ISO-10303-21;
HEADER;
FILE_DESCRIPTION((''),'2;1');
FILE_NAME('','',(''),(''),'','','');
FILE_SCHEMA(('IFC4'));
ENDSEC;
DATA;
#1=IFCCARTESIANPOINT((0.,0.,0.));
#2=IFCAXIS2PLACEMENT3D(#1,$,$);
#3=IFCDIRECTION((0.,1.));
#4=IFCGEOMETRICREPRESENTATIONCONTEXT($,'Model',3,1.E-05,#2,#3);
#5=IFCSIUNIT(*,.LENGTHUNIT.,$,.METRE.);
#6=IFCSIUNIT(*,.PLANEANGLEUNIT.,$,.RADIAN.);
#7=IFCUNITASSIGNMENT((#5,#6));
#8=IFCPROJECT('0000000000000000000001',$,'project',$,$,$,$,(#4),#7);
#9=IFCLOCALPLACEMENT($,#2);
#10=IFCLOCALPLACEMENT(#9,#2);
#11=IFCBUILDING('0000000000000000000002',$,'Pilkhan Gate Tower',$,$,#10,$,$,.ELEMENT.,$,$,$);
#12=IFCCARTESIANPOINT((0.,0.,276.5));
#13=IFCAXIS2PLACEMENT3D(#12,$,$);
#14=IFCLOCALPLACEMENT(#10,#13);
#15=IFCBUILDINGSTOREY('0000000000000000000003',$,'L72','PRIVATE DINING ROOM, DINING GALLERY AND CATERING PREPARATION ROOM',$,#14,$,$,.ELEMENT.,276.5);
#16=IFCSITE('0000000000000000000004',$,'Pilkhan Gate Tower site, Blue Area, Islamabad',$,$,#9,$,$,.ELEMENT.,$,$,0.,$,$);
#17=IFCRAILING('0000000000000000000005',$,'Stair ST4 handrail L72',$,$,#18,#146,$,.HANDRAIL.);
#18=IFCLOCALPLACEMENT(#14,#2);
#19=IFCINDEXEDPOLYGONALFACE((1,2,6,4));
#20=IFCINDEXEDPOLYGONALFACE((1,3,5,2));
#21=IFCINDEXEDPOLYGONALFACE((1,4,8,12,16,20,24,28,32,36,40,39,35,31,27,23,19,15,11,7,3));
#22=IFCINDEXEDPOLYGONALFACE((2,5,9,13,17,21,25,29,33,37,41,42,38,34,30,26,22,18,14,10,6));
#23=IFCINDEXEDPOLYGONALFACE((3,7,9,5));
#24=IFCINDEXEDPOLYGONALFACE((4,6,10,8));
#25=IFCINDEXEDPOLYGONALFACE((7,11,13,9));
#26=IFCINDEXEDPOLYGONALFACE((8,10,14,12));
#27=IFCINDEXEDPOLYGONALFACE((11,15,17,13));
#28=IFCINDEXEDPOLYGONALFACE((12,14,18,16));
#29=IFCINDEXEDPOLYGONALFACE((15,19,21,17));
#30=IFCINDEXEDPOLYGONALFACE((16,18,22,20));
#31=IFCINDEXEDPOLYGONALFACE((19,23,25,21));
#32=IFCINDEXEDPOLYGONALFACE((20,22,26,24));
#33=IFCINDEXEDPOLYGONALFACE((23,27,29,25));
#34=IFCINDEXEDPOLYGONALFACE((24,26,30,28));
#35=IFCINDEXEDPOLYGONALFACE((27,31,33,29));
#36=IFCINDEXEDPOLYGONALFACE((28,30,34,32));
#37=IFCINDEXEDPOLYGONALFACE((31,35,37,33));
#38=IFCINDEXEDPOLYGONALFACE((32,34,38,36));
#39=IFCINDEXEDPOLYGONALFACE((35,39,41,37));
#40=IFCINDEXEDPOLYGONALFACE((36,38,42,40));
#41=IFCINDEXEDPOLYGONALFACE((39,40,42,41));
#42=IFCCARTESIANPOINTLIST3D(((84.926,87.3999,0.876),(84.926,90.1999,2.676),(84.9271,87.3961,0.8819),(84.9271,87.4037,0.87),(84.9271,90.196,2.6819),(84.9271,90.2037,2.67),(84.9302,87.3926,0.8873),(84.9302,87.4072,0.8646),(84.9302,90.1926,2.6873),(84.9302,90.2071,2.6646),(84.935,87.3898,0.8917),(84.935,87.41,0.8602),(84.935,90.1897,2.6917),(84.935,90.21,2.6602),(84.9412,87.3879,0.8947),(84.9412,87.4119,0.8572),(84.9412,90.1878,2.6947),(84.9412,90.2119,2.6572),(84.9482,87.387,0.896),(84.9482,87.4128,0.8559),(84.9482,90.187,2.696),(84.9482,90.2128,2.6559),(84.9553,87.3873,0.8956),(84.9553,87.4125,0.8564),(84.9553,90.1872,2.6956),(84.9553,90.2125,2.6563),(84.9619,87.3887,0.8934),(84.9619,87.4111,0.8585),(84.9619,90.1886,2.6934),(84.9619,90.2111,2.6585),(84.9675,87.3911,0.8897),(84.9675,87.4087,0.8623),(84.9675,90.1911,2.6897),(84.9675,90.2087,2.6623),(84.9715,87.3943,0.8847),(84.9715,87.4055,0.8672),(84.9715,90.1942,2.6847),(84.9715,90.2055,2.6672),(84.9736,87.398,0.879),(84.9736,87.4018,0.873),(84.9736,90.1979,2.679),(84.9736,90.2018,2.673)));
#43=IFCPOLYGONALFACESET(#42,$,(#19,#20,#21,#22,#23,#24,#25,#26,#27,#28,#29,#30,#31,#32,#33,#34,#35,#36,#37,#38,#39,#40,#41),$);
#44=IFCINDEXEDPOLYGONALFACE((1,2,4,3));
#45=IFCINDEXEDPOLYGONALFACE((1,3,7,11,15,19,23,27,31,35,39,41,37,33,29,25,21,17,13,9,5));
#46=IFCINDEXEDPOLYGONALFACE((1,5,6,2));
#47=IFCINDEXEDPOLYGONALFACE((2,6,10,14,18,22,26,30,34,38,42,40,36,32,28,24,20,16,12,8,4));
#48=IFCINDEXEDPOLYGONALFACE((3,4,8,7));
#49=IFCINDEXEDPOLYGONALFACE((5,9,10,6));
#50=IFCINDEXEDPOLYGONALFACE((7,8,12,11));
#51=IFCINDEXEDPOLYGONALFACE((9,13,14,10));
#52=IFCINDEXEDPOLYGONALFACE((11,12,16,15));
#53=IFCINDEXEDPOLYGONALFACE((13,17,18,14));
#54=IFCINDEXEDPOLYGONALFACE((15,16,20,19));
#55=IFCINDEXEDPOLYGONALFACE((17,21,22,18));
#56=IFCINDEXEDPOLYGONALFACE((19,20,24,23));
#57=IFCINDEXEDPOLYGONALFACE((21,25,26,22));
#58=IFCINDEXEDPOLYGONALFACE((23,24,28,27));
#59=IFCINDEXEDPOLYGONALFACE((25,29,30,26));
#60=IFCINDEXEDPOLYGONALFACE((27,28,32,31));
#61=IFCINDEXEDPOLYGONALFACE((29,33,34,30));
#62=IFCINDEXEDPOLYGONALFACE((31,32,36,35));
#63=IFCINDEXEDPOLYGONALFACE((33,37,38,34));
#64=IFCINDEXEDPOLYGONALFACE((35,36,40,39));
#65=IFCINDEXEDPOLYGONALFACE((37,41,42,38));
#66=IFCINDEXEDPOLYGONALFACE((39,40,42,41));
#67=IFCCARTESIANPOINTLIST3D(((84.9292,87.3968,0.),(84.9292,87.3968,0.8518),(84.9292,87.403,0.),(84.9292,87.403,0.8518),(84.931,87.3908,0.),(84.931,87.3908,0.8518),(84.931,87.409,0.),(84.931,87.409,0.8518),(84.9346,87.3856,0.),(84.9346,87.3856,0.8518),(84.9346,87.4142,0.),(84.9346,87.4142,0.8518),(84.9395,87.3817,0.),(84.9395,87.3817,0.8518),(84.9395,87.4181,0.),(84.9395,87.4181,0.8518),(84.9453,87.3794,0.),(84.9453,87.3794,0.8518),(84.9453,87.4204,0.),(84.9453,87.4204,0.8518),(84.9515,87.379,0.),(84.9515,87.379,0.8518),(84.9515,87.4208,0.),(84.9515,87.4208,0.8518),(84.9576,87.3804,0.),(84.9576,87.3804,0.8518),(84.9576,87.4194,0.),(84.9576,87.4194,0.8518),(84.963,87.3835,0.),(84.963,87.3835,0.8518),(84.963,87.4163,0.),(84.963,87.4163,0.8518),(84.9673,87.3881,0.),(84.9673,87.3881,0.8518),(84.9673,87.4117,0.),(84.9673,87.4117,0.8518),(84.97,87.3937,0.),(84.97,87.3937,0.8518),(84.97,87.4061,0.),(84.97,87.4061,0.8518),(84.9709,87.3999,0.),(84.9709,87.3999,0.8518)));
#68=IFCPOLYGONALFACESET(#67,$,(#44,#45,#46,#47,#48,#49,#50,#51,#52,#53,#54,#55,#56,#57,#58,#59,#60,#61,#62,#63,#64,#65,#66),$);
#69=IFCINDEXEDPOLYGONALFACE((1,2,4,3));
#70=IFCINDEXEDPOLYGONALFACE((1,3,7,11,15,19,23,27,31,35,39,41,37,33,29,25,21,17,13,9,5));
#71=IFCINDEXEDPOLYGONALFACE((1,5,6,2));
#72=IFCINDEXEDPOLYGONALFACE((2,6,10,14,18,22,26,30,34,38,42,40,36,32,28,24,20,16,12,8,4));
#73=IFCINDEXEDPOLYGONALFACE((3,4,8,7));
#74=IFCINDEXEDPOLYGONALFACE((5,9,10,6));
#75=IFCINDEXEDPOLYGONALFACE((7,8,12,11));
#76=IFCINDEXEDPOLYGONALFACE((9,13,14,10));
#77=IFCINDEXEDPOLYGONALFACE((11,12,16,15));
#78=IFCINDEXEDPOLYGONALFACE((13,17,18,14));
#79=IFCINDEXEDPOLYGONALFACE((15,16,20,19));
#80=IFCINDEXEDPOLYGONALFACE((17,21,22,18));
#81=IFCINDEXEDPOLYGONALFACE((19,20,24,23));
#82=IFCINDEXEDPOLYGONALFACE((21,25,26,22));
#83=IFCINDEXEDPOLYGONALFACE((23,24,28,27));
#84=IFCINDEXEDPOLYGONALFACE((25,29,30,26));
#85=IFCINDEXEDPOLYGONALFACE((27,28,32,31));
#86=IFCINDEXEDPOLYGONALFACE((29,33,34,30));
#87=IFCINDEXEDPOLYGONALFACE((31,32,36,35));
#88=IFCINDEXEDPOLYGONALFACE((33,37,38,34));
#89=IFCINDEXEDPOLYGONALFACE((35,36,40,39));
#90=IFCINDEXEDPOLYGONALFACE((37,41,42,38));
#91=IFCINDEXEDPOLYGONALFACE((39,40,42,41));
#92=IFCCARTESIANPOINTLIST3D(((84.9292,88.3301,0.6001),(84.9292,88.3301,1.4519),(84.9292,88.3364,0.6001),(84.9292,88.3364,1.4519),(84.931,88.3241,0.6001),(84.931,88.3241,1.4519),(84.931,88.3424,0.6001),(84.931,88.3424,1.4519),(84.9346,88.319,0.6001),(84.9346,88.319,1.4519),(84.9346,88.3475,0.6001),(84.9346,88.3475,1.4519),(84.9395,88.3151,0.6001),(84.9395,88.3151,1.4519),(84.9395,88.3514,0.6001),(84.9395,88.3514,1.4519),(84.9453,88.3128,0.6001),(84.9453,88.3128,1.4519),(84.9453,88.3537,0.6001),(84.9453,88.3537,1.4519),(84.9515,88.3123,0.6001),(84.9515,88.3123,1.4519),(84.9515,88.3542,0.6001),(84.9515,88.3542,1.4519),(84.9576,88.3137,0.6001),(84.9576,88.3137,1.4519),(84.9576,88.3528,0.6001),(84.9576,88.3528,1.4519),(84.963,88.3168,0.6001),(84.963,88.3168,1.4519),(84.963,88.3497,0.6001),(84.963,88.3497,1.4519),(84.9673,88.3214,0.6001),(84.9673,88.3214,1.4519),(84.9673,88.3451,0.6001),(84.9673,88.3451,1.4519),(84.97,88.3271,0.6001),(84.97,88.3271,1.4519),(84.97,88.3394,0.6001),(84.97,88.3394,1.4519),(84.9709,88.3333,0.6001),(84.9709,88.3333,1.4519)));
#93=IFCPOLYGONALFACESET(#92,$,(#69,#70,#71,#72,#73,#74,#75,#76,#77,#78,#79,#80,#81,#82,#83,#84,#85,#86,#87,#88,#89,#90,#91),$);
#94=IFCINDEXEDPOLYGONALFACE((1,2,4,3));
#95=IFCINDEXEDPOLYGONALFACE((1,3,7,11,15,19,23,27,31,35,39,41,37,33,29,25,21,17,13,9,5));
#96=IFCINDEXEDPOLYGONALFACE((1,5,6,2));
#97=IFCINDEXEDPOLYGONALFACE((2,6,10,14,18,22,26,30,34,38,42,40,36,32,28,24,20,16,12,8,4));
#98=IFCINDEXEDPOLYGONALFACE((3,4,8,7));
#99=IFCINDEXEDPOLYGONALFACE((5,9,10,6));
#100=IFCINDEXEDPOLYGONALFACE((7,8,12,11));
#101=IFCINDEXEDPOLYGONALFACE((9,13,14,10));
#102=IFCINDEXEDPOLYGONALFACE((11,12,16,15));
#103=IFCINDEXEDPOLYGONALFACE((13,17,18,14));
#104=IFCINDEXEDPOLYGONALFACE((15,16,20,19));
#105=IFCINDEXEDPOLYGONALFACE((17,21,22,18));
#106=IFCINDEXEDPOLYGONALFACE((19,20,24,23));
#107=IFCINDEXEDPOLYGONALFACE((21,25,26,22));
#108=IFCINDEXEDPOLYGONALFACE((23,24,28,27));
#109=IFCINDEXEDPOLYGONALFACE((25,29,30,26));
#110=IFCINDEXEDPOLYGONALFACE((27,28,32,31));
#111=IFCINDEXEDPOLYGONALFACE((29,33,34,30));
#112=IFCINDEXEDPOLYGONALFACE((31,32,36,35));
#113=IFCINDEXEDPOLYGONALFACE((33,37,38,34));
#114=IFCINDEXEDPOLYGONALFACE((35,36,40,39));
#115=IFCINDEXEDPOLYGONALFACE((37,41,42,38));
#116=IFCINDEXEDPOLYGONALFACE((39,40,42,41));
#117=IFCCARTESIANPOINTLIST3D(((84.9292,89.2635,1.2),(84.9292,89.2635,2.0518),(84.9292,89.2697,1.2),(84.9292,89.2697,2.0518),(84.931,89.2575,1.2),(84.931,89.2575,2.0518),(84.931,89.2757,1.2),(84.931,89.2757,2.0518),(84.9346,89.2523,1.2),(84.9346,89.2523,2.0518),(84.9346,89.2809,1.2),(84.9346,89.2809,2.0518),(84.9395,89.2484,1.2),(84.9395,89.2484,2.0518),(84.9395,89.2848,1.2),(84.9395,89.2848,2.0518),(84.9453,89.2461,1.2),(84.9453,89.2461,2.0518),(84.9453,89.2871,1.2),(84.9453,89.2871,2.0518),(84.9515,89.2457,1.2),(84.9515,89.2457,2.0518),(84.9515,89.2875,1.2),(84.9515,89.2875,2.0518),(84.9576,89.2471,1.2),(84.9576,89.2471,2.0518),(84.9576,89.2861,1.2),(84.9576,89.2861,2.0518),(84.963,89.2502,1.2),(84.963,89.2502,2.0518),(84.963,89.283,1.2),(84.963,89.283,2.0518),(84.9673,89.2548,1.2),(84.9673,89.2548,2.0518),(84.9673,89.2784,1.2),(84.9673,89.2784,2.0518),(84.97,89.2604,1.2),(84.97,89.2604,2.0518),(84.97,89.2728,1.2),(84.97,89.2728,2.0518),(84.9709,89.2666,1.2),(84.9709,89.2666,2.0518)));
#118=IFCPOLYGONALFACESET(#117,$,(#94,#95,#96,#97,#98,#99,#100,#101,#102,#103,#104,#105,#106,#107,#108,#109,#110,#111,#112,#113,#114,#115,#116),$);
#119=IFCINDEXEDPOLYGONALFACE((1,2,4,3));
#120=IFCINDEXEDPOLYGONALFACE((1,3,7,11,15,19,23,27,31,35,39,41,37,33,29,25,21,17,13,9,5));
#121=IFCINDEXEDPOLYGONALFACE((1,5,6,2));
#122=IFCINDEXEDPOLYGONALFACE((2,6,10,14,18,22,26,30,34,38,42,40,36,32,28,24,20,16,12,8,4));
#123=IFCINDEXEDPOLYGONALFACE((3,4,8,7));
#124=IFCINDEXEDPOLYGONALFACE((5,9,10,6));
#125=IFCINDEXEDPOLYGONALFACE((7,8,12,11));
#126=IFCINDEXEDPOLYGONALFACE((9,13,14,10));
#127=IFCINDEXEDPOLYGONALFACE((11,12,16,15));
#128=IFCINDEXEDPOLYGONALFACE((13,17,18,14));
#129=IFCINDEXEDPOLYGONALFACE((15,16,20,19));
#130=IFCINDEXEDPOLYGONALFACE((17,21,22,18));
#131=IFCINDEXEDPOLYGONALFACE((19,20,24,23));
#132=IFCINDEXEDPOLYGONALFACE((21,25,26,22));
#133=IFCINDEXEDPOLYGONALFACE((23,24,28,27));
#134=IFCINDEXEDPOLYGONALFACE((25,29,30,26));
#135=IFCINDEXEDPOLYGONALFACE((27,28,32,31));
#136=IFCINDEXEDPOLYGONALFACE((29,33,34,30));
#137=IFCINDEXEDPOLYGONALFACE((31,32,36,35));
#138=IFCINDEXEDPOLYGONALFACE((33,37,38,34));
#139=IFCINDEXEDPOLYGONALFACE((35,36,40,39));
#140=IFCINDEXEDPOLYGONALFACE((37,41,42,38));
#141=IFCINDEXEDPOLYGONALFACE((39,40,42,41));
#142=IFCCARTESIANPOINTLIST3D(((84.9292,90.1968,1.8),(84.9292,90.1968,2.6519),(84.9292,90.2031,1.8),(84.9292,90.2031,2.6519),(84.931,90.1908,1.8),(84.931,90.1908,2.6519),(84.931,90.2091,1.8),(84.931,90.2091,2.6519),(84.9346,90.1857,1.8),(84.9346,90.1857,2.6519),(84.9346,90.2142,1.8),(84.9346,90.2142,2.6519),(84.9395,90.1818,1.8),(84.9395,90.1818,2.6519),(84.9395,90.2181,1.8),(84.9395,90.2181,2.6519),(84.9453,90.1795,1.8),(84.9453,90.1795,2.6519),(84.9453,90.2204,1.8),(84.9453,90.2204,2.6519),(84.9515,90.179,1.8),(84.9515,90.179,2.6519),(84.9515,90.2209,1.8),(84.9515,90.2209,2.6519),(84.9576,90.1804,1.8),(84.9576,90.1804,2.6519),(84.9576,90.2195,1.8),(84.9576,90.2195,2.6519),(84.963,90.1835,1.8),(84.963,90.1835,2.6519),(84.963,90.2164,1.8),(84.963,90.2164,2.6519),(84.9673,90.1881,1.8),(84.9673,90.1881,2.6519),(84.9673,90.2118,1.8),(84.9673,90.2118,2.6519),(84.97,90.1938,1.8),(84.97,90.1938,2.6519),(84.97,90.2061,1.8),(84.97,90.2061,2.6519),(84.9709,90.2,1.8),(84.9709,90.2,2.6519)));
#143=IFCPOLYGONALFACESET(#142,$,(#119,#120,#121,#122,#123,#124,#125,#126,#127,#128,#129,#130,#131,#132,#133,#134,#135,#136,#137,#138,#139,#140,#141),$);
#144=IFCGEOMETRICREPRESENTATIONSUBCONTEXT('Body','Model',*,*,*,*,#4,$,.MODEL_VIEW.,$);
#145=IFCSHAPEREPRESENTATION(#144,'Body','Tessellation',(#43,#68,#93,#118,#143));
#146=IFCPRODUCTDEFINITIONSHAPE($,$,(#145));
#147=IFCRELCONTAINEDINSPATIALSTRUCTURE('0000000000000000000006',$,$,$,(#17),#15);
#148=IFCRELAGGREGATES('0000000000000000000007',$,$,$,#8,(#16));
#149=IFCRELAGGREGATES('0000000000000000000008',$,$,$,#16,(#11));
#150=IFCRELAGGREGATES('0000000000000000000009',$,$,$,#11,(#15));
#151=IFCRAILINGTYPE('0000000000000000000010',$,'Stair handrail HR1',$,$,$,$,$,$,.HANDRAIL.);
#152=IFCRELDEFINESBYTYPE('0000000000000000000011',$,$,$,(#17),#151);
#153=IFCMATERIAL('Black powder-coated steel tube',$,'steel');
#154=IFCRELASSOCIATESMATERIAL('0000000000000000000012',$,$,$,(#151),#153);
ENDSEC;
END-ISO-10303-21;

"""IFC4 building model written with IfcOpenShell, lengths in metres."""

from ifc_helpers import new_model, si_unit, direction, frame, origin, origin_2d, place, context, subcontext, project, spatial, circle, extrude, material, type_object, element, save


model = new_model("IFC4")

# Units and contexts
model_context = context("Model", 3, precision=1e-05, world=origin(), true_north=direction((0.0, 1.0)))
body_context = subcontext(model_context, "Body", "Model", "MODEL_VIEW")
ifc_project = project(units=[si_unit("LENGTHUNIT", "METRE"), si_unit("PLANEANGLEUNIT", "RADIAN")], contexts=[model_context])

# Site, building, storey
site_placement = place(None, origin())
site = spatial("IfcSite", under=ifc_project, at=site_placement, Name="Pilkhan Gate Tower site, Blue Area, Islamabad", CompositionType="ELEMENT", RefElevation=0.0)
building_placement = place(site_placement, origin())
building = spatial("IfcBuilding", under=site, at=building_placement, Name="Pilkhan Gate Tower", CompositionType="ELEMENT")
storey_placement = place(building_placement, frame((0.0, 0.0, 276.5)))
storey = spatial("IfcBuildingStorey", under=building, at=storey_placement, Name="L72", Description="PRIVATE DINING ROOM, DINING GALLERY AND CATERING PREPARATION ROOM", CompositionType="ELEMENT", Elevation=276.5)

# Railing
ifc_material_1 = material(Name="Black powder-coated steel tube", Category="steel")
railing_type_1 = type_object("IfcRailingType", Name="Stair handrail HR1", PredefinedType="HANDRAIL", material=ifc_material_1)
railing_1_placement = place(storey_placement, frame((84.95, 87.3999, 0.0)))
element("IfcRailing", 1, at=railing_1_placement, inside=storey, type_object=railing_type_1, Name="Stair ST4 handrail L72", PredefinedType="HANDRAIL", context=body_context, shape_type="SweptSolid", body=[
    extrude(circle(Radius=0.0239, at=origin_2d()), frame((0.0, 0.0, 0.876), z_axis=(0.0, 0.841176, 0.540761), x_axis=(-1.0, 0.0, 0.0)), (0.0, 0.0, 1.0), 3.3286),
    extrude(circle(Radius=0.021, at=origin_2d()), origin(), (0.0, 0.0, 1.0), 0.8518),
    extrude(circle(Radius=0.021, at=origin_2d()), frame((0.0, 0.9333, 0.6001)), (0.0, 0.0, 1.0), 0.8518),
    extrude(circle(Radius=0.021, at=origin_2d()), frame((0.0, 1.8667, 1.2)), (0.0, 0.0, 1.0), 0.8518),
    extrude(circle(Radius=0.021, at=origin_2d()), frame((0.0, 2.8, 1.8)), (0.0, 0.0, 1.0), 0.8518),
])

save(model, "model.ifc")
